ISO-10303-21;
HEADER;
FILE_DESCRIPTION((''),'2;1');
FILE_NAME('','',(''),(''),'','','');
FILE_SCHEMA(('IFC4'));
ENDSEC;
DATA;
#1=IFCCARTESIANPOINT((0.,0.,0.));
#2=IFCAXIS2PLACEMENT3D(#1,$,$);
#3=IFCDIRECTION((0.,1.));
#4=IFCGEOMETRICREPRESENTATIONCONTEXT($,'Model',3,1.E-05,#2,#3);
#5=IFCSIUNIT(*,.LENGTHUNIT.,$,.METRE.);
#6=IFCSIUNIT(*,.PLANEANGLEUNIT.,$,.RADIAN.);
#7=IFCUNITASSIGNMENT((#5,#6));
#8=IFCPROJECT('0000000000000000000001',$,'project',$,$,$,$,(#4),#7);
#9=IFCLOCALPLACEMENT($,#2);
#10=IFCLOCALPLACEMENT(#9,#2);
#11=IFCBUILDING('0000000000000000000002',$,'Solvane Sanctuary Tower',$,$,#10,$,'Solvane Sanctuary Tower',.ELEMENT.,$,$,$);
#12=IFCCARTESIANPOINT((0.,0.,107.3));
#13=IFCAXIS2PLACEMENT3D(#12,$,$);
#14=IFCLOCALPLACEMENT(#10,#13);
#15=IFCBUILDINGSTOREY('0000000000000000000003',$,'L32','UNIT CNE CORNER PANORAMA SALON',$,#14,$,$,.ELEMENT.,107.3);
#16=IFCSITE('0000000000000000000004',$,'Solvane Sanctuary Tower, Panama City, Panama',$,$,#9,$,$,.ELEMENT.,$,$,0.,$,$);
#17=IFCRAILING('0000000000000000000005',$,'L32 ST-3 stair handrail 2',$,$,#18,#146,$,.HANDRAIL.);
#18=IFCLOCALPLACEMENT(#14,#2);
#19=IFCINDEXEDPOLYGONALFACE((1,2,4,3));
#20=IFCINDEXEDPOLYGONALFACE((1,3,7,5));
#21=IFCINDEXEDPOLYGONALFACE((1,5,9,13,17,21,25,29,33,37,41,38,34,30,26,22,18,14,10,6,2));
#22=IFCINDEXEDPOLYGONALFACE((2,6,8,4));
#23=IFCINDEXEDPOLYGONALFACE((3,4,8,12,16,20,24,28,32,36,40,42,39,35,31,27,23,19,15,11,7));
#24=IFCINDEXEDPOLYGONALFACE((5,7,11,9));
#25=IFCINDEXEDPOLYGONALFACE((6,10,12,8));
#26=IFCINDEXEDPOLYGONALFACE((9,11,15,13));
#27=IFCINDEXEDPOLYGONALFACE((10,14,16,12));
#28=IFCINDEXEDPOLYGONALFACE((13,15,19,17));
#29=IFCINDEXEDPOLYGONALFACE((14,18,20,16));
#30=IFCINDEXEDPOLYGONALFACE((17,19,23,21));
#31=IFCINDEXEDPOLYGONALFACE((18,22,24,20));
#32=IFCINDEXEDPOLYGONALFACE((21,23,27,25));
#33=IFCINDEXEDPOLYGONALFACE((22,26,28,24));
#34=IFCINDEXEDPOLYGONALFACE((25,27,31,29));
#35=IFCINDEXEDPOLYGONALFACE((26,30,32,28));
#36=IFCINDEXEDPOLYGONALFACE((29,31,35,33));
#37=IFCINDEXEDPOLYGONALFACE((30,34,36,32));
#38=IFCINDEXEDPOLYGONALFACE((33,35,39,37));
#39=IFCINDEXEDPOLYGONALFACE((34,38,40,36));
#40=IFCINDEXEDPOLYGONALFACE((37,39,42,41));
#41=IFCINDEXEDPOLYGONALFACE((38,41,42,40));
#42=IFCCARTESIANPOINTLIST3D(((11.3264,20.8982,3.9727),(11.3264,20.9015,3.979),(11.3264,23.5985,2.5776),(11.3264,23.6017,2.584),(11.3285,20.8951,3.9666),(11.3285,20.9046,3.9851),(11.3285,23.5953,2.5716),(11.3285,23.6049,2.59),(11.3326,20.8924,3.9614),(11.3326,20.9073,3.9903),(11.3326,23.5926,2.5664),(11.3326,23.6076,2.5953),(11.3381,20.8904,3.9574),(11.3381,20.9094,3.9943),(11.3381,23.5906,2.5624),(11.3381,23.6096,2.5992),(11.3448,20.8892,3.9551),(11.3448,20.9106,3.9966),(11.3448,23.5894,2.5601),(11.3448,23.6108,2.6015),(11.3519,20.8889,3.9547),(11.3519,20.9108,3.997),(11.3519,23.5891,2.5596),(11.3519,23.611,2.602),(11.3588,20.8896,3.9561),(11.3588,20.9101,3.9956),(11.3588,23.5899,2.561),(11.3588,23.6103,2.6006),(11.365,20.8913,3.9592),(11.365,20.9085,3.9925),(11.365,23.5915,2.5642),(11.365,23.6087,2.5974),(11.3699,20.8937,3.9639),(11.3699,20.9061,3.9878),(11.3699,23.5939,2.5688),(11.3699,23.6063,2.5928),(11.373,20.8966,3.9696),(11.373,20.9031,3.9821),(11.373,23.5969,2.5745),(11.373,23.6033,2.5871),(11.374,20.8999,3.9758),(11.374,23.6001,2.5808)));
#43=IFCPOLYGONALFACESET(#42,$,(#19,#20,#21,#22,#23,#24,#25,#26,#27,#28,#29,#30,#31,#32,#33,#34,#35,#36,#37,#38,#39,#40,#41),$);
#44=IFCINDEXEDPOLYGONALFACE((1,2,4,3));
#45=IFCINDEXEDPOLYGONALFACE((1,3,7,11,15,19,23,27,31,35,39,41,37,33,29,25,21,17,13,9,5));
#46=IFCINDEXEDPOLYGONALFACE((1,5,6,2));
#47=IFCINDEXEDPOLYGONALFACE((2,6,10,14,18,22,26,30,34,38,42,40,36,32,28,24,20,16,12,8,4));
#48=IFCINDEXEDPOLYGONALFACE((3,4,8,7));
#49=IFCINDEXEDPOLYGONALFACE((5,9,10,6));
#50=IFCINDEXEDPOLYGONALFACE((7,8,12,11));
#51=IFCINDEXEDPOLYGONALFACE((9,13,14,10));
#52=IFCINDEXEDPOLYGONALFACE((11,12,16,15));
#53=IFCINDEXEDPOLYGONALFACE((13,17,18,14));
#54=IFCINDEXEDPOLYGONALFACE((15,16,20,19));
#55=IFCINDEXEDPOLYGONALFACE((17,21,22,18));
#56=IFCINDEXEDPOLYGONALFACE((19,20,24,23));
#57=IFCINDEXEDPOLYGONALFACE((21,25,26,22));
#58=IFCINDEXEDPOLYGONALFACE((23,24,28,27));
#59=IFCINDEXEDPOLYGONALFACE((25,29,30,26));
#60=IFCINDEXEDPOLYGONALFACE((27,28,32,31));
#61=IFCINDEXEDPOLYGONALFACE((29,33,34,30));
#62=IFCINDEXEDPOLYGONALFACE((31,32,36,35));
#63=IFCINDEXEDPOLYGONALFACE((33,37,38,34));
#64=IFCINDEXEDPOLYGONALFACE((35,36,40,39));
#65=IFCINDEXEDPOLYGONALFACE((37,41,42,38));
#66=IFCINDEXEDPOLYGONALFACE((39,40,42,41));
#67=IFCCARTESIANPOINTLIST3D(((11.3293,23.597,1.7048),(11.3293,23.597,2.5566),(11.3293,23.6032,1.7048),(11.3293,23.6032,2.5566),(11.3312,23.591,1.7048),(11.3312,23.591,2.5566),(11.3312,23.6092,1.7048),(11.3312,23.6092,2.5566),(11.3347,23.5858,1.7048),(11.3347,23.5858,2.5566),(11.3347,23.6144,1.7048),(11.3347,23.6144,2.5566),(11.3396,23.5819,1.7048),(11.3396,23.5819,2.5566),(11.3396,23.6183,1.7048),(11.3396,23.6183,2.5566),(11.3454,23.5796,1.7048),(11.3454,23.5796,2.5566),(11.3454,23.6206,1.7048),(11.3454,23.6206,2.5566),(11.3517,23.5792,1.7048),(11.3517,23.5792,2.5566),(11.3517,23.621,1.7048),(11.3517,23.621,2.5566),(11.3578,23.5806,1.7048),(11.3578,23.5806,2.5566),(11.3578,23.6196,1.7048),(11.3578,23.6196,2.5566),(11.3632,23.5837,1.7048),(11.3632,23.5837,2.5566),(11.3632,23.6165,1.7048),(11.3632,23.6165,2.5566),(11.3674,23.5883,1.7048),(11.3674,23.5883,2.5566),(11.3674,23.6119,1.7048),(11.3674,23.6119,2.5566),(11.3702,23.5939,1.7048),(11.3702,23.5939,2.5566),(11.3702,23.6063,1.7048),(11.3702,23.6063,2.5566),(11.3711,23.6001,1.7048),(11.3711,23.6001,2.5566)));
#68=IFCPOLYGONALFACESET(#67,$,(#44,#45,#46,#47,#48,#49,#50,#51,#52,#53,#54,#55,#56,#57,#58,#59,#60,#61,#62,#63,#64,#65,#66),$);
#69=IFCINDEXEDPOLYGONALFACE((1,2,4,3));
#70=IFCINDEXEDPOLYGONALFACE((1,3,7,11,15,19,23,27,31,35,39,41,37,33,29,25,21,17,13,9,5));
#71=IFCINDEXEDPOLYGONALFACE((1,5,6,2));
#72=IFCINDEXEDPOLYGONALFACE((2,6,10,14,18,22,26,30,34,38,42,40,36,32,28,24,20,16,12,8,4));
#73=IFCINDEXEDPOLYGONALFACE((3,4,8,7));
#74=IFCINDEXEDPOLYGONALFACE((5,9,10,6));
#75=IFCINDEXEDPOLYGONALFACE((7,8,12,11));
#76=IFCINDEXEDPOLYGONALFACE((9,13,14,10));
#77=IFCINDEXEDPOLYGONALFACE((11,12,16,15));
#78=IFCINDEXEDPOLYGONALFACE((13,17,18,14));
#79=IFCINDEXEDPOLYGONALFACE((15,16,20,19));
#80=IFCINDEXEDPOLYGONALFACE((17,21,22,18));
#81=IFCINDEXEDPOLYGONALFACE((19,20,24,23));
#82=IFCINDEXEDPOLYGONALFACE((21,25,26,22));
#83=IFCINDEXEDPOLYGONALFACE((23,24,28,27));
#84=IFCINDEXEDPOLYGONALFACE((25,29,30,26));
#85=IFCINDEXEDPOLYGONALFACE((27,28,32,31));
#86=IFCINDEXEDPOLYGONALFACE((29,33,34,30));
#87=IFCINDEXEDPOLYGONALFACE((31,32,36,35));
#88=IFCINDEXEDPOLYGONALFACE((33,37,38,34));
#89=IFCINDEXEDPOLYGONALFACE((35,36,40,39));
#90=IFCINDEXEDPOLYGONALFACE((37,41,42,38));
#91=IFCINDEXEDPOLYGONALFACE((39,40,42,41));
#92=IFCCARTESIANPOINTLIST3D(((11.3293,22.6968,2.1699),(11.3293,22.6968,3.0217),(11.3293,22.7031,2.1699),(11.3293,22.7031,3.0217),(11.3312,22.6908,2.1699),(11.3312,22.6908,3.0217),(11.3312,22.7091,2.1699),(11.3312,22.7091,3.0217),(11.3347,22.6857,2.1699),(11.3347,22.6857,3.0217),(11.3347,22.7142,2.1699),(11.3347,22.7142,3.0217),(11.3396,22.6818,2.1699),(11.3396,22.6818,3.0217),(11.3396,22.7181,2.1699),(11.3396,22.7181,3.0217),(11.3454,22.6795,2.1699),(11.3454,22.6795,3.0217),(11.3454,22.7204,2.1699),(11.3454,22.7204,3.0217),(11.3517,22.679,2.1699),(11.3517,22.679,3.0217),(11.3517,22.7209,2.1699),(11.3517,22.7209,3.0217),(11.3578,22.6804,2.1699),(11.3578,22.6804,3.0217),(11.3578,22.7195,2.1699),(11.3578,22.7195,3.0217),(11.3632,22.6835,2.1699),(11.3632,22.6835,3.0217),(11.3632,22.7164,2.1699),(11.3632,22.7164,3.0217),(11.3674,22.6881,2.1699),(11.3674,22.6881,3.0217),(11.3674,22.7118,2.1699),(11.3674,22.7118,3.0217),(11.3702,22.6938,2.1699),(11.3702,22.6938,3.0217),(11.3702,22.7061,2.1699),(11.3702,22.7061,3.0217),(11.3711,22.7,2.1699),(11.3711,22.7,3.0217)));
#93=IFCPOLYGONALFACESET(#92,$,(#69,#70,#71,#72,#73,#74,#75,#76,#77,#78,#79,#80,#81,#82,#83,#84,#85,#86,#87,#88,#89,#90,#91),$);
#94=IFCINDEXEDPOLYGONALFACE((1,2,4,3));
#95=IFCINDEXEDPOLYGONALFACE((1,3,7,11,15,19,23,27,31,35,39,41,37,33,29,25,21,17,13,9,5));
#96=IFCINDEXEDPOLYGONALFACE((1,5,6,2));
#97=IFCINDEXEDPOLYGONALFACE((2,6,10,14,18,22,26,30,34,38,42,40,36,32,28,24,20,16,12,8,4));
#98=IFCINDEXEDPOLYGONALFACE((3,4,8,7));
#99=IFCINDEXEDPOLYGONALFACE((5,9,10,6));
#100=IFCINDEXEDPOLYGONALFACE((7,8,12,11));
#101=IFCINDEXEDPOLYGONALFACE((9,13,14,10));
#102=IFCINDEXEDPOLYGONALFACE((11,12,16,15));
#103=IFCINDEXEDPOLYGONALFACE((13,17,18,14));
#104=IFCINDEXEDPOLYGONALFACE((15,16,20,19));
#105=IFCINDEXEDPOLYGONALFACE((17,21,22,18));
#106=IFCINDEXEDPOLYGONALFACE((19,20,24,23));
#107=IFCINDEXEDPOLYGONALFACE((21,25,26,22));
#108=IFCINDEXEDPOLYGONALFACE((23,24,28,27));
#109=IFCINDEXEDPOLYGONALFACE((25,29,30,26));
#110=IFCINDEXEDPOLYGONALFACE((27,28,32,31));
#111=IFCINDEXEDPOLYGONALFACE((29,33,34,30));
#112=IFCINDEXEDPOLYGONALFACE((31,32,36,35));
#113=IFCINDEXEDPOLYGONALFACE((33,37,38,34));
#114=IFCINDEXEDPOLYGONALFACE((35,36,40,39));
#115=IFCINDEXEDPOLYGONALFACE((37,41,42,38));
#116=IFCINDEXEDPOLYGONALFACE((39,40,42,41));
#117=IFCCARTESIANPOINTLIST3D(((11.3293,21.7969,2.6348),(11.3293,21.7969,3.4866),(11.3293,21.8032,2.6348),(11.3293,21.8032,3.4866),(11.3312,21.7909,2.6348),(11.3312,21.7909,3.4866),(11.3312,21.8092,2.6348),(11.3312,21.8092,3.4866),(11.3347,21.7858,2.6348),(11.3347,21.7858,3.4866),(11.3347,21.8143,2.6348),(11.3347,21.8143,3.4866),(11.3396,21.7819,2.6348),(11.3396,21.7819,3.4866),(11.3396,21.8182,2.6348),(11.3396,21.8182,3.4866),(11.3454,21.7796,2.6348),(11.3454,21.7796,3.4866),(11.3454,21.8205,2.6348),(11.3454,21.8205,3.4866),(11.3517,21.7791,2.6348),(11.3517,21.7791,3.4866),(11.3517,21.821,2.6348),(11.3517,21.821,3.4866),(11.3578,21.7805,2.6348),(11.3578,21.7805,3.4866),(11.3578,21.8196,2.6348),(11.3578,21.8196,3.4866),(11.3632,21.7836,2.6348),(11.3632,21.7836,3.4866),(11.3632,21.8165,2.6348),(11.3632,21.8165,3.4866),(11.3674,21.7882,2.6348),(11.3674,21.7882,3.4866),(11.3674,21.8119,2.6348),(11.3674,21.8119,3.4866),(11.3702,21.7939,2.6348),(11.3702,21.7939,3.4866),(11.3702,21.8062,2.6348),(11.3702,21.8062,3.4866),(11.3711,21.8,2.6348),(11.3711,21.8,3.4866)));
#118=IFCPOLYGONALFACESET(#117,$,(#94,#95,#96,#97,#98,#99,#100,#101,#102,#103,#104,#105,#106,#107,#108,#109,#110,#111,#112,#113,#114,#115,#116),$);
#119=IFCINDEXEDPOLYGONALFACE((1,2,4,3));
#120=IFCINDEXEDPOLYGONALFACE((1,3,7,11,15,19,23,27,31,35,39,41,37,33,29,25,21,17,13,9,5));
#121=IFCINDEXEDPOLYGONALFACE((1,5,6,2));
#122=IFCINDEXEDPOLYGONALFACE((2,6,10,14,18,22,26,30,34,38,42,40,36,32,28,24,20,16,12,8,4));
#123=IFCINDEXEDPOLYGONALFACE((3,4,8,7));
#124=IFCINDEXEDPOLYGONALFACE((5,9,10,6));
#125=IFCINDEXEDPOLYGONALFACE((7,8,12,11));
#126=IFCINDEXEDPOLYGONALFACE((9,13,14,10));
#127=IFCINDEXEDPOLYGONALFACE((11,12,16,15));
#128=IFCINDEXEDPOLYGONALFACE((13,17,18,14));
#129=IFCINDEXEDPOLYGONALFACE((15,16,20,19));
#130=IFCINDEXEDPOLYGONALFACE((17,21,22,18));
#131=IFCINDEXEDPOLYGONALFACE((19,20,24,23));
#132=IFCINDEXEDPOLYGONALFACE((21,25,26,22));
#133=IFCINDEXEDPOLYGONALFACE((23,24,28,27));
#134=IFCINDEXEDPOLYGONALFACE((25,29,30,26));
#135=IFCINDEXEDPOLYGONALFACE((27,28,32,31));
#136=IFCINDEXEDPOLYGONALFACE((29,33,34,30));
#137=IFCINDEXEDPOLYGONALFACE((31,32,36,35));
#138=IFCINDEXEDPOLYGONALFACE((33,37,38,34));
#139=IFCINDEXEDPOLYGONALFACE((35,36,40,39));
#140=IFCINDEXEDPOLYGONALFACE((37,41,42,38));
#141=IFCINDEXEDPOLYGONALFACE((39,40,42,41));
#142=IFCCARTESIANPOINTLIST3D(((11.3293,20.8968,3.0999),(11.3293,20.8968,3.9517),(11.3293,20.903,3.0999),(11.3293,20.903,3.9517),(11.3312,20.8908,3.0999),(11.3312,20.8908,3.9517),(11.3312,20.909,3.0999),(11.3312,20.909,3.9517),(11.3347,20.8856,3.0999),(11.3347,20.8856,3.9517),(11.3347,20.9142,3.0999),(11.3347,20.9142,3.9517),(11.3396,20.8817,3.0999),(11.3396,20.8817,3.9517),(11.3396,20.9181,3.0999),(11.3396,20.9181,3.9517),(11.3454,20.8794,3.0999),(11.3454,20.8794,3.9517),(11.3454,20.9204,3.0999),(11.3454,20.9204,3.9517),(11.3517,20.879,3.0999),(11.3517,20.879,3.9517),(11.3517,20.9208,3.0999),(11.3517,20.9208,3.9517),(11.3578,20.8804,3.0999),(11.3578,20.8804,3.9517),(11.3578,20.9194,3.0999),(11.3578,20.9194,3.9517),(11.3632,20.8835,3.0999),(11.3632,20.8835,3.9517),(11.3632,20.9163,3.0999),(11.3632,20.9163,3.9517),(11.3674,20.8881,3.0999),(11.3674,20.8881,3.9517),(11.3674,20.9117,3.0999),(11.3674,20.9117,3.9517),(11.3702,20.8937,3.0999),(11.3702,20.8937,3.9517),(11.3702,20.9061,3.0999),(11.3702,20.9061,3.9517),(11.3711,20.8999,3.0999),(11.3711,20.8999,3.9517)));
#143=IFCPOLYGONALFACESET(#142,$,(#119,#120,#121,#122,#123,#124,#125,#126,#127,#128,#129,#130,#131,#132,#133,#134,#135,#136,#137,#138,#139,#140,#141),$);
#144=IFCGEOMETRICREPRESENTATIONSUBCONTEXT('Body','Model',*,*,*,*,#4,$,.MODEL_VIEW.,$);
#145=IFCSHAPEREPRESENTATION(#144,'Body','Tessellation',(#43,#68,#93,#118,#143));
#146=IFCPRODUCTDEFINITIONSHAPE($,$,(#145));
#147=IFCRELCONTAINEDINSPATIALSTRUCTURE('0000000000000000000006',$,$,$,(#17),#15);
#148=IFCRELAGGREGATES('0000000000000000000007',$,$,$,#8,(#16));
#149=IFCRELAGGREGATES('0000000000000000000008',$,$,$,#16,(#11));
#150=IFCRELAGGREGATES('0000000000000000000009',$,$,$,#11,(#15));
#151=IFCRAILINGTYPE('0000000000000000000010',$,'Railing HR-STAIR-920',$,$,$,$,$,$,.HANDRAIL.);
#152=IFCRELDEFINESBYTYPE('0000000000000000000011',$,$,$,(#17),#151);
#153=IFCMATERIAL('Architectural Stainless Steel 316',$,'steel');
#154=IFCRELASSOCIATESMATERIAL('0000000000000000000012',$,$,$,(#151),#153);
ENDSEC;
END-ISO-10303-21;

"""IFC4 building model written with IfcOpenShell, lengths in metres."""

from ifc_helpers import new_model, si_unit, direction, frame, origin, origin_2d, place, context, subcontext, project, spatial, circle, extrude, material, type_object, element, save


model = new_model("IFC4")

# Units and contexts
model_context = context("Model", 3, precision=1e-05, world=origin(), true_north=direction((0.0, 1.0)))
body_context = subcontext(model_context, "Body", "Model", "MODEL_VIEW")
ifc_project = project(units=[si_unit("LENGTHUNIT", "METRE"), si_unit("PLANEANGLEUNIT", "RADIAN")], contexts=[model_context])

# Site, building, storey
site_placement = place(None, origin())
site = spatial("IfcSite", under=ifc_project, at=site_placement, Name="Solvane Sanctuary Tower, Panama City, Panama", CompositionType="ELEMENT", RefElevation=0.0)
building_placement = place(site_placement, origin())
building = spatial("IfcBuilding", under=site, at=building_placement, Name="Solvane Sanctuary Tower", LongName="Solvane Sanctuary Tower", CompositionType="ELEMENT")
storey_placement = place(building_placement, frame((0.0, 0.0, 107.3)))
storey = spatial("IfcBuildingStorey", under=building, at=storey_placement, Name="L32", Description="UNIT CNE CORNER PANORAMA SALON", CompositionType="ELEMENT", Elevation=107.3)

# Railing
ifc_material_1 = material(Name="Architectural Stainless Steel 316", Category="steel")
railing_type_1 = type_object("IfcRailingType", Name="Railing HR-STAIR-920", PredefinedType="HANDRAIL", material=ifc_material_1)
railing_1_placement = place(storey_placement, frame((11.3501, 23.6001, 1.7048)))
element("IfcRailing", 1, at=railing_1_placement, inside=storey, type_object=railing_type_1, Name="L32 ST-3 stair handrail 2", PredefinedType="HANDRAIL", context=body_context, shape_type="SweptSolid", body=[
    extrude(circle(Radius=0.0239, at=origin_2d()), frame((0.0, 0.0, 0.876), z_axis=(0.0, -0.888437, 0.458999), x_axis=(1.0, 0.0, 0.0)), (0.0, 0.0, 1.0), 3.0393),
    extrude(circle(Radius=0.021, at=origin_2d()), origin(), (0.0, 0.0, 1.0), 0.8518),
    extrude(circle(Radius=0.021, at=origin_2d()), frame((0.0, -0.9001, 0.4651)), (0.0, 0.0, 1.0), 0.8518),
    extrude(circle(Radius=0.021, at=origin_2d()), frame((0.0, -1.8, 0.9299)), (0.0, 0.0, 1.0), 0.8518),
    extrude(circle(Radius=0.021, at=origin_2d()), frame((0.0, -2.7002, 1.395)), (0.0, 0.0, 1.0), 0.8518),
])

save(model, "model.ifc")
